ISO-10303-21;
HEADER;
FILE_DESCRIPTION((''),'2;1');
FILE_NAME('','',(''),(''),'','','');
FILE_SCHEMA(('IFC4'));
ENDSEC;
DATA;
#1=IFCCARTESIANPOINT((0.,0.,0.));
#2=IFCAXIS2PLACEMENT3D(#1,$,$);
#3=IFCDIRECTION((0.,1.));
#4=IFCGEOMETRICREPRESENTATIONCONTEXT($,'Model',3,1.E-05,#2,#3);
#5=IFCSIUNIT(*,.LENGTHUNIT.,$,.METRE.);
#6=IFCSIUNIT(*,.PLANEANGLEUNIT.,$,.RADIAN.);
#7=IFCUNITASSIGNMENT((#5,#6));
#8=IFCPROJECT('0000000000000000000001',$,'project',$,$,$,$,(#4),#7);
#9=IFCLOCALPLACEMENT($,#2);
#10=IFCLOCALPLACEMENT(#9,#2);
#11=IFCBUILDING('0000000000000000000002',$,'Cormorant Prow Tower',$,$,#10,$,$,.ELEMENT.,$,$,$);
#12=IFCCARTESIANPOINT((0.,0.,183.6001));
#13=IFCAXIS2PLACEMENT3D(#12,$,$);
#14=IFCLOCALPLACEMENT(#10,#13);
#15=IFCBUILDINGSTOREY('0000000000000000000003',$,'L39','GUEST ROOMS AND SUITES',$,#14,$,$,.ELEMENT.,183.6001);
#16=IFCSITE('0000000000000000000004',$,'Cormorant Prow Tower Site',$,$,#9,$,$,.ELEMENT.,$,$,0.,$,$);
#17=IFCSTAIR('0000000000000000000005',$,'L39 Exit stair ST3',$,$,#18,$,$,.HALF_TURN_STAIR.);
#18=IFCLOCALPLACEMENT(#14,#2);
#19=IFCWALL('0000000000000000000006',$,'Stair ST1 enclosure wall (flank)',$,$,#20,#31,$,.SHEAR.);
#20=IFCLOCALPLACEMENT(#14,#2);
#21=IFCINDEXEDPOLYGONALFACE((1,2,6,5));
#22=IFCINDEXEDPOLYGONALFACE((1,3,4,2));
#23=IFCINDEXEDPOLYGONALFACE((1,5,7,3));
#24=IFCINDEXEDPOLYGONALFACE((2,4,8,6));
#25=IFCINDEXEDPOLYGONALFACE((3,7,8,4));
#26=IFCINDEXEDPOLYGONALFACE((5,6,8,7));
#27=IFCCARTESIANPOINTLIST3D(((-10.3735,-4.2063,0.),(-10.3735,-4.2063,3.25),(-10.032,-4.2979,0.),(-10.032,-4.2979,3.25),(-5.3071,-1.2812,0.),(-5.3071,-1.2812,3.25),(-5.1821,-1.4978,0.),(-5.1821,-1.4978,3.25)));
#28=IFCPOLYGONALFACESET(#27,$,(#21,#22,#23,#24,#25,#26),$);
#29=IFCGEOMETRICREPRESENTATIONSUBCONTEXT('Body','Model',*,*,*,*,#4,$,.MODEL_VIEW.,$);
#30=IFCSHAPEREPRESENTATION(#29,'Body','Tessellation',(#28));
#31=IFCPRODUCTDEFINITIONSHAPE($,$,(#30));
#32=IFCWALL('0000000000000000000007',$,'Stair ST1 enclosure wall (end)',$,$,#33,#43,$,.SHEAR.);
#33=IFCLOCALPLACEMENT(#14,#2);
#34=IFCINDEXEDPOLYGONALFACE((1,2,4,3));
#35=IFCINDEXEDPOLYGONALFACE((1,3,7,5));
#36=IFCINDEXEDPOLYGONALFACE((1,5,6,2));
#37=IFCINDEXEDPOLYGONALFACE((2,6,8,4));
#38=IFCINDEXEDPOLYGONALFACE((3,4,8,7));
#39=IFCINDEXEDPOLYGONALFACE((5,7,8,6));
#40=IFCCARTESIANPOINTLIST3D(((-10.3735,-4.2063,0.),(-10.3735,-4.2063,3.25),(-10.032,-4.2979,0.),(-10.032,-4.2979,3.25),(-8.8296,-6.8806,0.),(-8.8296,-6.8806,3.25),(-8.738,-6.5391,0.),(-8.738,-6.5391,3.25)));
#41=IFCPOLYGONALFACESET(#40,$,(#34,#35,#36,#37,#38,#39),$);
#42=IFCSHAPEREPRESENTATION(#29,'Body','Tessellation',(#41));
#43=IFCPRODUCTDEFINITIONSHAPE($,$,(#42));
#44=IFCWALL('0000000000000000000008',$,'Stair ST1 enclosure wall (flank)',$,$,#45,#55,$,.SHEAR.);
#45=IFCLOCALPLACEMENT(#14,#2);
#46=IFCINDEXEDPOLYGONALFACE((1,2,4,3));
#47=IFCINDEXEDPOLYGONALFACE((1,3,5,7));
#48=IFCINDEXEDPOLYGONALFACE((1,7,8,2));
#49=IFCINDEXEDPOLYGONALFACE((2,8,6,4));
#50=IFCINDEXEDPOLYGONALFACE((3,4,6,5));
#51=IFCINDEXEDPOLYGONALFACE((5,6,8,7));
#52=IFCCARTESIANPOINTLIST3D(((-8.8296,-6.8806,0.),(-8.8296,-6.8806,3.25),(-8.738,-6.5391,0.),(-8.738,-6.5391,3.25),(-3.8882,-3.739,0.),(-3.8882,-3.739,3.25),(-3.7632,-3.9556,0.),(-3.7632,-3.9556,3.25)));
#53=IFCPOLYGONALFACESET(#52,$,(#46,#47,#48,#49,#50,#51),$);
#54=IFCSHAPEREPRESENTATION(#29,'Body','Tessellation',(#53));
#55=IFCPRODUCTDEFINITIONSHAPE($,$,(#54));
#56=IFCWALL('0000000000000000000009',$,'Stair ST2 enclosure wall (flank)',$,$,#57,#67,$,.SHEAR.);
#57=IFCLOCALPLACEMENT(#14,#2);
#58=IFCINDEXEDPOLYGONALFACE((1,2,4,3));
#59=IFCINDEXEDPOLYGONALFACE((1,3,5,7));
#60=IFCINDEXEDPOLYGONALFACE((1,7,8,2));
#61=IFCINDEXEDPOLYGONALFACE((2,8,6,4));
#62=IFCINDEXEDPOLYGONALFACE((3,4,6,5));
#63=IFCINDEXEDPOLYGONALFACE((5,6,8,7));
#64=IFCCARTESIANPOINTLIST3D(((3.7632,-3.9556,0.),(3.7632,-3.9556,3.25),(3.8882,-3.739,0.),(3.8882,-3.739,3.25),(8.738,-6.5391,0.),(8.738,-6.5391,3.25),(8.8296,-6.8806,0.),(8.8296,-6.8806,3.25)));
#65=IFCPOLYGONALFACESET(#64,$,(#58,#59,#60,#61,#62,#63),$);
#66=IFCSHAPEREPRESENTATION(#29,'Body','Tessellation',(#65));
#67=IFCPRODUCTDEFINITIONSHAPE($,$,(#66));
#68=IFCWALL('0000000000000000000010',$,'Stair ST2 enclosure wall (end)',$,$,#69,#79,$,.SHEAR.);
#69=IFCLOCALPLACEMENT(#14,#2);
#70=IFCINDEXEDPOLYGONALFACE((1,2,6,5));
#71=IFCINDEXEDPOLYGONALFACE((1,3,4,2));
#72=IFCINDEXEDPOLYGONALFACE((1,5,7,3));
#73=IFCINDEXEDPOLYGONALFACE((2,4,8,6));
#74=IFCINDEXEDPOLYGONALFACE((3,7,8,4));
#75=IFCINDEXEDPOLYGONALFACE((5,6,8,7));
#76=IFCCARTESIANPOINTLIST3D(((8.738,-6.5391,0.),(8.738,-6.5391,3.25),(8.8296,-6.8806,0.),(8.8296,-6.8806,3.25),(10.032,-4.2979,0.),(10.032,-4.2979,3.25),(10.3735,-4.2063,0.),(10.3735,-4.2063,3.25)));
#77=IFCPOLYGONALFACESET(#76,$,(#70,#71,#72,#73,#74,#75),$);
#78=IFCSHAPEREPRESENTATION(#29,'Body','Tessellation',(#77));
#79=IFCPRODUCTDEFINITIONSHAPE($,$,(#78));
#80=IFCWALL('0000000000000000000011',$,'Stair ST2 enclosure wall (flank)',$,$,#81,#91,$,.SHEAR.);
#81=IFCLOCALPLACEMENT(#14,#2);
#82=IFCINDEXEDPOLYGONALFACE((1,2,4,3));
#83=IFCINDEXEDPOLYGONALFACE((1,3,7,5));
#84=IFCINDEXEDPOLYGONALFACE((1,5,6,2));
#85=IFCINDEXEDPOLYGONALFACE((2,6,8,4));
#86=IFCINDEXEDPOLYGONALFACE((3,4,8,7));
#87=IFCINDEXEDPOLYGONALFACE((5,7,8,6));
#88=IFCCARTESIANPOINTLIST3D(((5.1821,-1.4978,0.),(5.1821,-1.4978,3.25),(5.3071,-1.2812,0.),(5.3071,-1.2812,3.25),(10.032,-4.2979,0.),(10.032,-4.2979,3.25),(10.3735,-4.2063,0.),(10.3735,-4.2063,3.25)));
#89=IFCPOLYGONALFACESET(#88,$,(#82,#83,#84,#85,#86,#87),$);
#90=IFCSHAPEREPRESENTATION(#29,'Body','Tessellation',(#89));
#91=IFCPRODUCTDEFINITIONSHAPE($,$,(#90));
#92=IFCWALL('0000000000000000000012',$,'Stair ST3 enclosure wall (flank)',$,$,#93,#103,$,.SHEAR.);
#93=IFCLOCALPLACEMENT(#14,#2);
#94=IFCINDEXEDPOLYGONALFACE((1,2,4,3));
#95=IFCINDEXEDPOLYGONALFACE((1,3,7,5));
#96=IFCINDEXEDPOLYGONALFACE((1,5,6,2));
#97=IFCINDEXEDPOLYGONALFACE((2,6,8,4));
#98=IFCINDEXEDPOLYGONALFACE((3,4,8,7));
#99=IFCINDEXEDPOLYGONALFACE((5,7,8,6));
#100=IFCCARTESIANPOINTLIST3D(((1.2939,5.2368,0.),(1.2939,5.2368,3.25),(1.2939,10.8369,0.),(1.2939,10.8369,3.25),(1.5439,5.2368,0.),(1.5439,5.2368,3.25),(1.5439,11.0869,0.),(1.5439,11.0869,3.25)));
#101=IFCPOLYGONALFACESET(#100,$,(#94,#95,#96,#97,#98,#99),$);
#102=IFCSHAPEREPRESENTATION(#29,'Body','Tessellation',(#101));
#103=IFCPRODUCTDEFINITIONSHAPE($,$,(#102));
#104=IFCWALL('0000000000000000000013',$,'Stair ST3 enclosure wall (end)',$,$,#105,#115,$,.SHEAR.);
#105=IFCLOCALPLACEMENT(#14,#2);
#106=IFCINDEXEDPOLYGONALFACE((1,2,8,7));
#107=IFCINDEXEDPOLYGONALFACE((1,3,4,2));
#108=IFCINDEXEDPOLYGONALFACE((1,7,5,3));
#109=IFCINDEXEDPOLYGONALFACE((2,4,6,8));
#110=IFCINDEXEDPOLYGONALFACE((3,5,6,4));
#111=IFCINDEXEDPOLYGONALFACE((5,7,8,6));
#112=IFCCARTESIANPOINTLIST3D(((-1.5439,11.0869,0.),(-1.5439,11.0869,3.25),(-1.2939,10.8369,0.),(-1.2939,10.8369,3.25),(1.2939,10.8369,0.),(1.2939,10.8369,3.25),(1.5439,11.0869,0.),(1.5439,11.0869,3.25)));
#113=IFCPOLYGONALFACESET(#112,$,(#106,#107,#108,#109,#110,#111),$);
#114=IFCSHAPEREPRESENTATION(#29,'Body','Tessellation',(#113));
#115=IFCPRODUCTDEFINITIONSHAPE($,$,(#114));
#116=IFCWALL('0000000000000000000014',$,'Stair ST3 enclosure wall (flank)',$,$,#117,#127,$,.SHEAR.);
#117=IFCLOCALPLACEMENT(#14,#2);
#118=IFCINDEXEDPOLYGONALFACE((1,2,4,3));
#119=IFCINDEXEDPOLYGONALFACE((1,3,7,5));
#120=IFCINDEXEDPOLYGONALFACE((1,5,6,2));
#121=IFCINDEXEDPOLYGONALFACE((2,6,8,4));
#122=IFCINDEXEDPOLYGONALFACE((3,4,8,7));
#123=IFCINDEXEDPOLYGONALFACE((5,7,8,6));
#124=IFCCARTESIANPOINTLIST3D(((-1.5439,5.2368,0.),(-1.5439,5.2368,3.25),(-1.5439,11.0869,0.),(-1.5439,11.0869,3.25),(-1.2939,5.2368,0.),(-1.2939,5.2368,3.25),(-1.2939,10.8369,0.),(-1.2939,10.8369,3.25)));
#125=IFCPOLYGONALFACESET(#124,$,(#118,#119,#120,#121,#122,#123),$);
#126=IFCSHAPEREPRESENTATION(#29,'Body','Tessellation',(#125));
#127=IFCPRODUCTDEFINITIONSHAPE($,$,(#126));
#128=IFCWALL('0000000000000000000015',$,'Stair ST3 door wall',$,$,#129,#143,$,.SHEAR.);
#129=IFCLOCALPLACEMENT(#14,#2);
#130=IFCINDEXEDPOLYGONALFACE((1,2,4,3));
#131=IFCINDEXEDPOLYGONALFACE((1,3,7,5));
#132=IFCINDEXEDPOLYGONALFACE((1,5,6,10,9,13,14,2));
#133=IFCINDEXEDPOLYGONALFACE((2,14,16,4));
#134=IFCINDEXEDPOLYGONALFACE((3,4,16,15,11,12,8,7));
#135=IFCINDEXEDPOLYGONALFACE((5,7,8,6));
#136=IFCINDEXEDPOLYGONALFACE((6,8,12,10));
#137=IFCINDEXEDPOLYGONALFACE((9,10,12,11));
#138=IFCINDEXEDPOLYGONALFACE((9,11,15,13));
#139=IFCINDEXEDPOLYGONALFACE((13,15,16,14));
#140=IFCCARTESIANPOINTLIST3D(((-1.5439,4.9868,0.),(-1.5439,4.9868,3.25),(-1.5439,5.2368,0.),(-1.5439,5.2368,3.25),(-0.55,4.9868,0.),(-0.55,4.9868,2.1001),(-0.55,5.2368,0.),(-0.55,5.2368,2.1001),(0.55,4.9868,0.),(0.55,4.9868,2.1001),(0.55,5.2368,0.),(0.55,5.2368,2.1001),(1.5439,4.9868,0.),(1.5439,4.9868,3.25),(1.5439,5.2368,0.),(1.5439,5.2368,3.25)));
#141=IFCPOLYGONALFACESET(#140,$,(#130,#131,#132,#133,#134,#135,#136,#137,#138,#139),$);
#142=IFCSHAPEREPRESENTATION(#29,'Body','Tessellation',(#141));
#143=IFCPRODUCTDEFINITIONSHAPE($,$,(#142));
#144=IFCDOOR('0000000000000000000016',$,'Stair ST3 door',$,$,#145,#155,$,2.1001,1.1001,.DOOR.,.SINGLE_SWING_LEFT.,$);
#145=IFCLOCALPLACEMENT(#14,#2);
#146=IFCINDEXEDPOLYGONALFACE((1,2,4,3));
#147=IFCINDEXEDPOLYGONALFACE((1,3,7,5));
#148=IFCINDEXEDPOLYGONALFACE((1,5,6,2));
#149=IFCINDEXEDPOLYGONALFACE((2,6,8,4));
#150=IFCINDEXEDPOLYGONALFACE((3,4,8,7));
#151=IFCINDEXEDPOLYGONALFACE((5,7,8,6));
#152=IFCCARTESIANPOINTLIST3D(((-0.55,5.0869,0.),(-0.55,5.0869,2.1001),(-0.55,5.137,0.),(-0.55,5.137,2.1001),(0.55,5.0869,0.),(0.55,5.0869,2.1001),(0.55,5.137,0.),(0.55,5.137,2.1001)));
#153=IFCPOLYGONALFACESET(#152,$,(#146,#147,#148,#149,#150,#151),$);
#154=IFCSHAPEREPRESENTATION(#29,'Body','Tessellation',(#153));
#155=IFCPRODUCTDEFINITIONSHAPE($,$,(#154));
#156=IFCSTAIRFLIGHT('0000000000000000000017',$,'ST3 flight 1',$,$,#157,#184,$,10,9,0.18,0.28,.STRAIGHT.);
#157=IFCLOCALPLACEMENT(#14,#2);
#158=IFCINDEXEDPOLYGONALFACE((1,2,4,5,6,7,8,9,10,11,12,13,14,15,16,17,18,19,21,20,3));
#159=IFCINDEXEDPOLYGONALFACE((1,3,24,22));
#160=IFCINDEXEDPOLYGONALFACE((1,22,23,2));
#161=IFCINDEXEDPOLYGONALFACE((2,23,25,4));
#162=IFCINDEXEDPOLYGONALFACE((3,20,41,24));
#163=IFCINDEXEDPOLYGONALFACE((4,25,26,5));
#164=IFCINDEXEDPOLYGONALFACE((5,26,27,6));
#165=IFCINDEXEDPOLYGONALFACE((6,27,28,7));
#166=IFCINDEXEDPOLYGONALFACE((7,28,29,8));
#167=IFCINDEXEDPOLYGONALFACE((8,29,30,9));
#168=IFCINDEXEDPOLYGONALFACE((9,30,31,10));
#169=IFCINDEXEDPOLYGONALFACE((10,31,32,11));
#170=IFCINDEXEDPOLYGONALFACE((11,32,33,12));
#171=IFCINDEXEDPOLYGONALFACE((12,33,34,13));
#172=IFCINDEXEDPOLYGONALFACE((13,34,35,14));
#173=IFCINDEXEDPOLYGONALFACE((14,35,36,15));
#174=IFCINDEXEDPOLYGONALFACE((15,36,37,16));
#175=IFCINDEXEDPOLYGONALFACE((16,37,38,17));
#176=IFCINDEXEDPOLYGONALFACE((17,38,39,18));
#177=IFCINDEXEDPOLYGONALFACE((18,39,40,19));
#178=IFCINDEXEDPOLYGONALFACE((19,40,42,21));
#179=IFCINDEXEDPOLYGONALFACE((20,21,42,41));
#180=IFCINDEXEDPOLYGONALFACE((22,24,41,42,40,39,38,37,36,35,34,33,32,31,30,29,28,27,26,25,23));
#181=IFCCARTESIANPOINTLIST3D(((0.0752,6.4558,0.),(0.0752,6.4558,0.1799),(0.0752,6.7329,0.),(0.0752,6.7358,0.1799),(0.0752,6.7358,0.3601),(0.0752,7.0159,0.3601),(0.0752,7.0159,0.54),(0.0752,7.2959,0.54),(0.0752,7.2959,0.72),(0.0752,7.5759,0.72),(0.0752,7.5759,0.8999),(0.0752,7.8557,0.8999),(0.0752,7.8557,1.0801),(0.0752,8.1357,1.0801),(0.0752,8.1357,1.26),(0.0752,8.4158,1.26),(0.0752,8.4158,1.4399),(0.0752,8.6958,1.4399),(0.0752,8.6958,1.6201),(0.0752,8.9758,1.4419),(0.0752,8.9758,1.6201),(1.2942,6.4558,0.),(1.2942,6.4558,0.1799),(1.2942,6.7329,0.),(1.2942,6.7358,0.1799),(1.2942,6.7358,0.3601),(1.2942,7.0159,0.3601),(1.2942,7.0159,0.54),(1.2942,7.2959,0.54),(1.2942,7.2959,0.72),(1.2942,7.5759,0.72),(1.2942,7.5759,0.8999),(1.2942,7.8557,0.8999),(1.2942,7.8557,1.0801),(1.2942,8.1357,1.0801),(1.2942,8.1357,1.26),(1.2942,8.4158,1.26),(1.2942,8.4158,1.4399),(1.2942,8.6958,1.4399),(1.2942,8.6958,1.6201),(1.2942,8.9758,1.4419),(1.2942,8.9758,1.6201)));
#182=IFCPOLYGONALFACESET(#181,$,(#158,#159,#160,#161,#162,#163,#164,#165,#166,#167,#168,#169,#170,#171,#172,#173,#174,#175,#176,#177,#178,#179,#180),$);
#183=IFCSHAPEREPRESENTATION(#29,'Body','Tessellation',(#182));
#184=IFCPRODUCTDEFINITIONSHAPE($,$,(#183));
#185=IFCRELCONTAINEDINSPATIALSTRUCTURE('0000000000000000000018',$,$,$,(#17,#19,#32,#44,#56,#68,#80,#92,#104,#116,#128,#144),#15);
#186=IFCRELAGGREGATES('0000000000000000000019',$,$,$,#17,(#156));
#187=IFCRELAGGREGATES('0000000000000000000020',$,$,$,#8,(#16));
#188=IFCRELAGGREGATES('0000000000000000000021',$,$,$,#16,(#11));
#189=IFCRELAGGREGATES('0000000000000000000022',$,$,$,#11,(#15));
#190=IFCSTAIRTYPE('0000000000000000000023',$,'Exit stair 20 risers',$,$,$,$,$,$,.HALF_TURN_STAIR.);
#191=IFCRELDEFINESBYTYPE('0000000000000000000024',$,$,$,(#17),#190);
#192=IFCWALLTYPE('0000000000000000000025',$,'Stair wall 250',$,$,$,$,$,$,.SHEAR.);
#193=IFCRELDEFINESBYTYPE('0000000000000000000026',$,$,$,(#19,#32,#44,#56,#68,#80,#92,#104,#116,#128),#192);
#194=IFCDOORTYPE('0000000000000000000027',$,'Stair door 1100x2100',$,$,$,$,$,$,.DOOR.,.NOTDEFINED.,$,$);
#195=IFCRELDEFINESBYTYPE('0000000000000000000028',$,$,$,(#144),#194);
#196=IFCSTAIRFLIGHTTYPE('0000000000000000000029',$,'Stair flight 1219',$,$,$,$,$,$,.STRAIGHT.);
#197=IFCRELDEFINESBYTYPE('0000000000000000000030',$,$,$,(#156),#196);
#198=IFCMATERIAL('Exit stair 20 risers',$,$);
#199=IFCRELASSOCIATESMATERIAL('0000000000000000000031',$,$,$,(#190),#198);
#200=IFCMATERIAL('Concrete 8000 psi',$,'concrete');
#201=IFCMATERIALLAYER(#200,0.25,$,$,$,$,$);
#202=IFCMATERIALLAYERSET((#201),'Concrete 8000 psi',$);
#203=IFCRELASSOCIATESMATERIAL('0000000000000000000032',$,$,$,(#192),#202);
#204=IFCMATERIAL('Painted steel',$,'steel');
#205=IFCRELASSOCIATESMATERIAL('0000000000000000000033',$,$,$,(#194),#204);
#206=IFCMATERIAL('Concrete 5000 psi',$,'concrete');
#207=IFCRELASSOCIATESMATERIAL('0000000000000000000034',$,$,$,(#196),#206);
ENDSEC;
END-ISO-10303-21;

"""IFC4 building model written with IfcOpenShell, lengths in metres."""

from ifc_helpers import new_model, si_unit, direction, frame, frame_2d, origin, place, context, subcontext, project, spatial, polyline, rectangle, outline, extrude, material, layer, layer_set, type_object, element, fill, aggregate, save


model = new_model("IFC4")

# Units and contexts
model_context = context("Model", 3, precision=1e-05, world=origin(), true_north=direction((0.0, 1.0)))
body_context = subcontext(model_context, "Body", "Model", "MODEL_VIEW")
ifc_project = project(units=[si_unit("LENGTHUNIT", "METRE"), si_unit("PLANEANGLEUNIT", "RADIAN")], contexts=[model_context])

# Site, building, storey
site_placement = place(None, origin())
site = spatial("IfcSite", under=ifc_project, at=site_placement, Name="Cormorant Prow Tower Site", CompositionType="ELEMENT", RefElevation=0.0)
building_placement = place(site_placement, origin())
building = spatial("IfcBuilding", under=site, at=building_placement, Name="Cormorant Prow Tower", CompositionType="ELEMENT")
storey_placement = place(building_placement, frame((0.0, 0.0, 183.6001)))
storey = spatial("IfcBuildingStorey", under=building, at=storey_placement, Name="L39", Description="GUEST ROOMS AND SUITES", CompositionType="ELEMENT", Elevation=183.6001)

# Stair
ifc_material_1 = material(Name="Exit stair 20 risers")
stair_type = type_object("IfcStairType", Name="Exit stair 20 risers", PredefinedType="HALF_TURN_STAIR", material=ifc_material_1)
stair_1_placement = place(storey_placement, origin())
stair_1 = element("IfcStair", 1, at=stair_1_placement, inside=storey, type_object=stair_type, Name="L39 Exit stair ST3", PredefinedType="HALF_TURN_STAIR")

# Walls
ifc_material_2 = material(Name="Concrete 8000 psi", Category="concrete")
ifc_layer_1 = layer(ifc_material_2, 0.25)
ifc_layer_set_1 = layer_set([ifc_layer_1], Name="Concrete 8000 psi")
wall_type_1 = type_object("IfcWallType", Name="Stair wall 250", PredefinedType="SHEAR", material=ifc_layer_set_1)
wall_1_placement = place(storey_placement, origin())
element("IfcWall", 2, at=wall_1_placement, inside=storey, type_object=wall_type_1, Name="Stair ST1 enclosure wall (flank)", PredefinedType="SHEAR", context=body_context, shape_type="SweptSolid", body=[
    extrude(outline(polyline([(-5.3071, -1.2812), (-10.3735, -4.2063), (-10.032, -4.2979), (-5.1821, -1.4978), (-5.3071, -1.2812)])), origin(), (0.0, 0.0, 1.0), 3.25),
])
wall_2_placement = place(storey_placement, origin())
element("IfcWall", 3, at=wall_2_placement, inside=storey, type_object=wall_type_1, Name="Stair ST1 enclosure wall (end)", PredefinedType="SHEAR", context=body_context, shape_type="SweptSolid", body=[
    extrude(outline(polyline([(-10.3735, -4.2063), (-8.8296, -6.8806), (-8.738, -6.5391), (-10.032, -4.2979), (-10.3735, -4.2063)])), origin(), (0.0, 0.0, 1.0), 3.25),
])
wall_3_placement = place(storey_placement, origin())
element("IfcWall", 4, at=wall_3_placement, inside=storey, type_object=wall_type_1, Name="Stair ST1 enclosure wall (flank)", PredefinedType="SHEAR", context=body_context, shape_type="SweptSolid", body=[
    extrude(outline(polyline([(-8.738, -6.5391), (-8.8296, -6.8806), (-3.7632, -3.9556), (-3.8882, -3.739), (-8.738, -6.5391)])), origin(), (0.0, 0.0, 1.0), 3.25),
])
wall_4_placement = place(storey_placement, origin())
element("IfcWall", 5, at=wall_4_placement, inside=storey, type_object=wall_type_1, Name="Stair ST2 enclosure wall (flank)", PredefinedType="SHEAR", context=body_context, shape_type="SweptSolid", body=[
    extrude(outline(polyline([(3.7632, -3.9556), (8.8296, -6.8806), (8.738, -6.5391), (3.8882, -3.739), (3.7632, -3.9556)])), origin(), (0.0, 0.0, 1.0), 3.25),
])
wall_5_placement = place(storey_placement, origin())
element("IfcWall", 6, at=wall_5_placement, inside=storey, type_object=wall_type_1, Name="Stair ST2 enclosure wall (end)", PredefinedType="SHEAR", context=body_context, shape_type="SweptSolid", body=[
    extrude(outline(polyline([(8.8296, -6.8806), (10.3735, -4.2063), (10.032, -4.2979), (8.738, -6.5391), (8.8296, -6.8806)])), origin(), (0.0, 0.0, 1.0), 3.25),
])
wall_6_placement = place(storey_placement, origin())
element("IfcWall", 7, at=wall_6_placement, inside=storey, type_object=wall_type_1, Name="Stair ST2 enclosure wall (flank)", PredefinedType="SHEAR", context=body_context, shape_type="SweptSolid", body=[
    extrude(outline(polyline([(10.032, -4.2979), (10.3735, -4.2063), (5.3071, -1.2812), (5.1821, -1.4978), (10.032, -4.2979)])), origin(), (0.0, 0.0, 1.0), 3.25),
])
wall_7_placement = place(storey_placement, origin())
element("IfcWall", 8, at=wall_7_placement, inside=storey, type_object=wall_type_1, Name="Stair ST3 enclosure wall (flank)", PredefinedType="SHEAR", context=body_context, shape_type="SweptSolid", body=[
    extrude(outline(polyline([(1.5439, 5.2368), (1.5439, 11.0869), (1.2939, 10.8369), (1.2939, 5.2368), (1.5439, 5.2368)])), origin(), (0.0, 0.0, 1.0), 3.25),
])
wall_8_placement = place(storey_placement, origin())
element("IfcWall", 9, at=wall_8_placement, inside=storey, type_object=wall_type_1, Name="Stair ST3 enclosure wall (end)", PredefinedType="SHEAR", context=body_context, shape_type="SweptSolid", body=[
    extrude(outline(polyline([(1.5439, 11.0869), (-1.5439, 11.0869), (-1.2939, 10.8369), (1.2939, 10.8369), (1.5439, 11.0869)])), origin(), (0.0, 0.0, 1.0), 3.25),
])
wall_9_placement = place(storey_placement, origin())
element("IfcWall", 10, at=wall_9_placement, inside=storey, type_object=wall_type_1, Name="Stair ST3 enclosure wall (flank)", PredefinedType="SHEAR", context=body_context, shape_type="SweptSolid", body=[
    extrude(outline(polyline([(-1.2939, 10.8369), (-1.5439, 11.0869), (-1.5439, 5.2368), (-1.2939, 5.2368), (-1.2939, 10.8369)])), origin(), (0.0, 0.0, 1.0), 3.25),
])

# Wall, opening, door
wall_10_placement = place(storey_placement, frame((1.5439, 5.1118, 0.0), z_axis=(0.0, 0.0, 1.0), x_axis=(-1.0, 0.0, 0.0)))
wall_10 = element("IfcWall", 11, at=wall_10_placement, inside=storey, type_object=wall_type_1, Name="Stair ST3 door wall", PredefinedType="SHEAR", context=body_context, shape_type="SweptSolid", body=[
    extrude(rectangle(XDim=3.0879, YDim=0.25, at=frame_2d((1.5439, 0.0))), origin(), (0.0, 0.0, 1.0), 3.25),
])
opening_1_placement = place(wall_10_placement, frame((0.9939, 0.0, 0.0)))
opening_1 = element("IfcOpeningElement", 12, at=opening_1_placement, cuts=wall_10, PredefinedType="OPENING", context=body_context, shape_type="SweptSolid", body=[
    extrude(rectangle(XDim=1.1001, YDim=2.1001, at=frame_2d((0.55, 1.05))), frame((0.0, 0.135, 0.0), z_axis=(0.0, -1.0, 0.0), x_axis=(1.0, 0.0, 0.0)), (0.0, 0.0, 1.0), 0.27),
])
ifc_material_3 = material(Name="Painted steel", Category="steel")
door_type_1 = type_object("IfcDoorType", Name="Stair door 1100x2100", OperationType="NOTDEFINED", PredefinedType="DOOR", material=ifc_material_3)
door_1_placement = place(opening_1_placement, origin())
door_1 = element("IfcDoor", 13, at=door_1_placement, inside=storey, type_object=door_type_1, Name="Stair ST3 door", OperationType="SINGLE_SWING_LEFT", OverallHeight=2.1001, OverallWidth=1.1001, PredefinedType="DOOR", context=body_context, shape_type="SweptSolid", body=[
    extrude(rectangle(XDim=1.1001, YDim=2.1001, at=frame_2d((0.55, 1.05))), frame((0.0, 0.0249, 0.0), z_axis=(0.0, -1.0, 0.0), x_axis=(1.0, 0.0, 0.0)), (0.0, 0.0, 1.0), 0.05),
])
fill(opening_1, door_1)

# Stair flight
ifc_material_4 = material(Name="Concrete 5000 psi", Category="concrete")
stair_flight_type = type_object("IfcStairFlightType", Name="Stair flight 1219", PredefinedType="STRAIGHT", material=ifc_material_4)
stair_flight_placement = place(storey_placement, frame((0.6846, 6.4558, 0.0), z_axis=(0.0, 0.0, 1.0), x_axis=(0.0, 1.0, 0.0)))
stair_flight = element("IfcStairFlight", 14, at=stair_flight_placement, type_object=stair_flight_type, Name="ST3 flight 1", NumberOfRisers=10, NumberOfTreads=9, PredefinedType="STRAIGHT", RiserHeight=0.18, TreadLength=0.28, context=body_context, shape_type="SweptSolid", body=[
    extrude(outline(polyline([(0.0, 0.0), (0.0, 0.1799), (0.28, 0.1799), (0.28, 0.3601), (0.5601, 0.3601), (0.5601, 0.54), (0.8401, 0.54), (0.8401, 0.72), (1.1201, 0.72), (1.1201, 0.8999), (1.3999, 0.8999), (1.3999, 1.0801), (1.6799, 1.0801), (1.6799, 1.26), (1.96, 1.26), (1.96, 1.4399), (2.24, 1.4399), (2.24, 1.6201), (2.52, 1.6201), (2.52, 1.8), (2.52, 1.4419), (0.2771, 0.0), (0.0, 0.0)])), frame((0.0, 0.6094, 0.0), z_axis=(0.0, -1.0, 0.0), x_axis=(1.0, 0.0, 0.0)), (0.0, 0.0, 1.0), 1.219),
])
aggregate(stair_1, [stair_flight])

save(model, "model.ifc")
